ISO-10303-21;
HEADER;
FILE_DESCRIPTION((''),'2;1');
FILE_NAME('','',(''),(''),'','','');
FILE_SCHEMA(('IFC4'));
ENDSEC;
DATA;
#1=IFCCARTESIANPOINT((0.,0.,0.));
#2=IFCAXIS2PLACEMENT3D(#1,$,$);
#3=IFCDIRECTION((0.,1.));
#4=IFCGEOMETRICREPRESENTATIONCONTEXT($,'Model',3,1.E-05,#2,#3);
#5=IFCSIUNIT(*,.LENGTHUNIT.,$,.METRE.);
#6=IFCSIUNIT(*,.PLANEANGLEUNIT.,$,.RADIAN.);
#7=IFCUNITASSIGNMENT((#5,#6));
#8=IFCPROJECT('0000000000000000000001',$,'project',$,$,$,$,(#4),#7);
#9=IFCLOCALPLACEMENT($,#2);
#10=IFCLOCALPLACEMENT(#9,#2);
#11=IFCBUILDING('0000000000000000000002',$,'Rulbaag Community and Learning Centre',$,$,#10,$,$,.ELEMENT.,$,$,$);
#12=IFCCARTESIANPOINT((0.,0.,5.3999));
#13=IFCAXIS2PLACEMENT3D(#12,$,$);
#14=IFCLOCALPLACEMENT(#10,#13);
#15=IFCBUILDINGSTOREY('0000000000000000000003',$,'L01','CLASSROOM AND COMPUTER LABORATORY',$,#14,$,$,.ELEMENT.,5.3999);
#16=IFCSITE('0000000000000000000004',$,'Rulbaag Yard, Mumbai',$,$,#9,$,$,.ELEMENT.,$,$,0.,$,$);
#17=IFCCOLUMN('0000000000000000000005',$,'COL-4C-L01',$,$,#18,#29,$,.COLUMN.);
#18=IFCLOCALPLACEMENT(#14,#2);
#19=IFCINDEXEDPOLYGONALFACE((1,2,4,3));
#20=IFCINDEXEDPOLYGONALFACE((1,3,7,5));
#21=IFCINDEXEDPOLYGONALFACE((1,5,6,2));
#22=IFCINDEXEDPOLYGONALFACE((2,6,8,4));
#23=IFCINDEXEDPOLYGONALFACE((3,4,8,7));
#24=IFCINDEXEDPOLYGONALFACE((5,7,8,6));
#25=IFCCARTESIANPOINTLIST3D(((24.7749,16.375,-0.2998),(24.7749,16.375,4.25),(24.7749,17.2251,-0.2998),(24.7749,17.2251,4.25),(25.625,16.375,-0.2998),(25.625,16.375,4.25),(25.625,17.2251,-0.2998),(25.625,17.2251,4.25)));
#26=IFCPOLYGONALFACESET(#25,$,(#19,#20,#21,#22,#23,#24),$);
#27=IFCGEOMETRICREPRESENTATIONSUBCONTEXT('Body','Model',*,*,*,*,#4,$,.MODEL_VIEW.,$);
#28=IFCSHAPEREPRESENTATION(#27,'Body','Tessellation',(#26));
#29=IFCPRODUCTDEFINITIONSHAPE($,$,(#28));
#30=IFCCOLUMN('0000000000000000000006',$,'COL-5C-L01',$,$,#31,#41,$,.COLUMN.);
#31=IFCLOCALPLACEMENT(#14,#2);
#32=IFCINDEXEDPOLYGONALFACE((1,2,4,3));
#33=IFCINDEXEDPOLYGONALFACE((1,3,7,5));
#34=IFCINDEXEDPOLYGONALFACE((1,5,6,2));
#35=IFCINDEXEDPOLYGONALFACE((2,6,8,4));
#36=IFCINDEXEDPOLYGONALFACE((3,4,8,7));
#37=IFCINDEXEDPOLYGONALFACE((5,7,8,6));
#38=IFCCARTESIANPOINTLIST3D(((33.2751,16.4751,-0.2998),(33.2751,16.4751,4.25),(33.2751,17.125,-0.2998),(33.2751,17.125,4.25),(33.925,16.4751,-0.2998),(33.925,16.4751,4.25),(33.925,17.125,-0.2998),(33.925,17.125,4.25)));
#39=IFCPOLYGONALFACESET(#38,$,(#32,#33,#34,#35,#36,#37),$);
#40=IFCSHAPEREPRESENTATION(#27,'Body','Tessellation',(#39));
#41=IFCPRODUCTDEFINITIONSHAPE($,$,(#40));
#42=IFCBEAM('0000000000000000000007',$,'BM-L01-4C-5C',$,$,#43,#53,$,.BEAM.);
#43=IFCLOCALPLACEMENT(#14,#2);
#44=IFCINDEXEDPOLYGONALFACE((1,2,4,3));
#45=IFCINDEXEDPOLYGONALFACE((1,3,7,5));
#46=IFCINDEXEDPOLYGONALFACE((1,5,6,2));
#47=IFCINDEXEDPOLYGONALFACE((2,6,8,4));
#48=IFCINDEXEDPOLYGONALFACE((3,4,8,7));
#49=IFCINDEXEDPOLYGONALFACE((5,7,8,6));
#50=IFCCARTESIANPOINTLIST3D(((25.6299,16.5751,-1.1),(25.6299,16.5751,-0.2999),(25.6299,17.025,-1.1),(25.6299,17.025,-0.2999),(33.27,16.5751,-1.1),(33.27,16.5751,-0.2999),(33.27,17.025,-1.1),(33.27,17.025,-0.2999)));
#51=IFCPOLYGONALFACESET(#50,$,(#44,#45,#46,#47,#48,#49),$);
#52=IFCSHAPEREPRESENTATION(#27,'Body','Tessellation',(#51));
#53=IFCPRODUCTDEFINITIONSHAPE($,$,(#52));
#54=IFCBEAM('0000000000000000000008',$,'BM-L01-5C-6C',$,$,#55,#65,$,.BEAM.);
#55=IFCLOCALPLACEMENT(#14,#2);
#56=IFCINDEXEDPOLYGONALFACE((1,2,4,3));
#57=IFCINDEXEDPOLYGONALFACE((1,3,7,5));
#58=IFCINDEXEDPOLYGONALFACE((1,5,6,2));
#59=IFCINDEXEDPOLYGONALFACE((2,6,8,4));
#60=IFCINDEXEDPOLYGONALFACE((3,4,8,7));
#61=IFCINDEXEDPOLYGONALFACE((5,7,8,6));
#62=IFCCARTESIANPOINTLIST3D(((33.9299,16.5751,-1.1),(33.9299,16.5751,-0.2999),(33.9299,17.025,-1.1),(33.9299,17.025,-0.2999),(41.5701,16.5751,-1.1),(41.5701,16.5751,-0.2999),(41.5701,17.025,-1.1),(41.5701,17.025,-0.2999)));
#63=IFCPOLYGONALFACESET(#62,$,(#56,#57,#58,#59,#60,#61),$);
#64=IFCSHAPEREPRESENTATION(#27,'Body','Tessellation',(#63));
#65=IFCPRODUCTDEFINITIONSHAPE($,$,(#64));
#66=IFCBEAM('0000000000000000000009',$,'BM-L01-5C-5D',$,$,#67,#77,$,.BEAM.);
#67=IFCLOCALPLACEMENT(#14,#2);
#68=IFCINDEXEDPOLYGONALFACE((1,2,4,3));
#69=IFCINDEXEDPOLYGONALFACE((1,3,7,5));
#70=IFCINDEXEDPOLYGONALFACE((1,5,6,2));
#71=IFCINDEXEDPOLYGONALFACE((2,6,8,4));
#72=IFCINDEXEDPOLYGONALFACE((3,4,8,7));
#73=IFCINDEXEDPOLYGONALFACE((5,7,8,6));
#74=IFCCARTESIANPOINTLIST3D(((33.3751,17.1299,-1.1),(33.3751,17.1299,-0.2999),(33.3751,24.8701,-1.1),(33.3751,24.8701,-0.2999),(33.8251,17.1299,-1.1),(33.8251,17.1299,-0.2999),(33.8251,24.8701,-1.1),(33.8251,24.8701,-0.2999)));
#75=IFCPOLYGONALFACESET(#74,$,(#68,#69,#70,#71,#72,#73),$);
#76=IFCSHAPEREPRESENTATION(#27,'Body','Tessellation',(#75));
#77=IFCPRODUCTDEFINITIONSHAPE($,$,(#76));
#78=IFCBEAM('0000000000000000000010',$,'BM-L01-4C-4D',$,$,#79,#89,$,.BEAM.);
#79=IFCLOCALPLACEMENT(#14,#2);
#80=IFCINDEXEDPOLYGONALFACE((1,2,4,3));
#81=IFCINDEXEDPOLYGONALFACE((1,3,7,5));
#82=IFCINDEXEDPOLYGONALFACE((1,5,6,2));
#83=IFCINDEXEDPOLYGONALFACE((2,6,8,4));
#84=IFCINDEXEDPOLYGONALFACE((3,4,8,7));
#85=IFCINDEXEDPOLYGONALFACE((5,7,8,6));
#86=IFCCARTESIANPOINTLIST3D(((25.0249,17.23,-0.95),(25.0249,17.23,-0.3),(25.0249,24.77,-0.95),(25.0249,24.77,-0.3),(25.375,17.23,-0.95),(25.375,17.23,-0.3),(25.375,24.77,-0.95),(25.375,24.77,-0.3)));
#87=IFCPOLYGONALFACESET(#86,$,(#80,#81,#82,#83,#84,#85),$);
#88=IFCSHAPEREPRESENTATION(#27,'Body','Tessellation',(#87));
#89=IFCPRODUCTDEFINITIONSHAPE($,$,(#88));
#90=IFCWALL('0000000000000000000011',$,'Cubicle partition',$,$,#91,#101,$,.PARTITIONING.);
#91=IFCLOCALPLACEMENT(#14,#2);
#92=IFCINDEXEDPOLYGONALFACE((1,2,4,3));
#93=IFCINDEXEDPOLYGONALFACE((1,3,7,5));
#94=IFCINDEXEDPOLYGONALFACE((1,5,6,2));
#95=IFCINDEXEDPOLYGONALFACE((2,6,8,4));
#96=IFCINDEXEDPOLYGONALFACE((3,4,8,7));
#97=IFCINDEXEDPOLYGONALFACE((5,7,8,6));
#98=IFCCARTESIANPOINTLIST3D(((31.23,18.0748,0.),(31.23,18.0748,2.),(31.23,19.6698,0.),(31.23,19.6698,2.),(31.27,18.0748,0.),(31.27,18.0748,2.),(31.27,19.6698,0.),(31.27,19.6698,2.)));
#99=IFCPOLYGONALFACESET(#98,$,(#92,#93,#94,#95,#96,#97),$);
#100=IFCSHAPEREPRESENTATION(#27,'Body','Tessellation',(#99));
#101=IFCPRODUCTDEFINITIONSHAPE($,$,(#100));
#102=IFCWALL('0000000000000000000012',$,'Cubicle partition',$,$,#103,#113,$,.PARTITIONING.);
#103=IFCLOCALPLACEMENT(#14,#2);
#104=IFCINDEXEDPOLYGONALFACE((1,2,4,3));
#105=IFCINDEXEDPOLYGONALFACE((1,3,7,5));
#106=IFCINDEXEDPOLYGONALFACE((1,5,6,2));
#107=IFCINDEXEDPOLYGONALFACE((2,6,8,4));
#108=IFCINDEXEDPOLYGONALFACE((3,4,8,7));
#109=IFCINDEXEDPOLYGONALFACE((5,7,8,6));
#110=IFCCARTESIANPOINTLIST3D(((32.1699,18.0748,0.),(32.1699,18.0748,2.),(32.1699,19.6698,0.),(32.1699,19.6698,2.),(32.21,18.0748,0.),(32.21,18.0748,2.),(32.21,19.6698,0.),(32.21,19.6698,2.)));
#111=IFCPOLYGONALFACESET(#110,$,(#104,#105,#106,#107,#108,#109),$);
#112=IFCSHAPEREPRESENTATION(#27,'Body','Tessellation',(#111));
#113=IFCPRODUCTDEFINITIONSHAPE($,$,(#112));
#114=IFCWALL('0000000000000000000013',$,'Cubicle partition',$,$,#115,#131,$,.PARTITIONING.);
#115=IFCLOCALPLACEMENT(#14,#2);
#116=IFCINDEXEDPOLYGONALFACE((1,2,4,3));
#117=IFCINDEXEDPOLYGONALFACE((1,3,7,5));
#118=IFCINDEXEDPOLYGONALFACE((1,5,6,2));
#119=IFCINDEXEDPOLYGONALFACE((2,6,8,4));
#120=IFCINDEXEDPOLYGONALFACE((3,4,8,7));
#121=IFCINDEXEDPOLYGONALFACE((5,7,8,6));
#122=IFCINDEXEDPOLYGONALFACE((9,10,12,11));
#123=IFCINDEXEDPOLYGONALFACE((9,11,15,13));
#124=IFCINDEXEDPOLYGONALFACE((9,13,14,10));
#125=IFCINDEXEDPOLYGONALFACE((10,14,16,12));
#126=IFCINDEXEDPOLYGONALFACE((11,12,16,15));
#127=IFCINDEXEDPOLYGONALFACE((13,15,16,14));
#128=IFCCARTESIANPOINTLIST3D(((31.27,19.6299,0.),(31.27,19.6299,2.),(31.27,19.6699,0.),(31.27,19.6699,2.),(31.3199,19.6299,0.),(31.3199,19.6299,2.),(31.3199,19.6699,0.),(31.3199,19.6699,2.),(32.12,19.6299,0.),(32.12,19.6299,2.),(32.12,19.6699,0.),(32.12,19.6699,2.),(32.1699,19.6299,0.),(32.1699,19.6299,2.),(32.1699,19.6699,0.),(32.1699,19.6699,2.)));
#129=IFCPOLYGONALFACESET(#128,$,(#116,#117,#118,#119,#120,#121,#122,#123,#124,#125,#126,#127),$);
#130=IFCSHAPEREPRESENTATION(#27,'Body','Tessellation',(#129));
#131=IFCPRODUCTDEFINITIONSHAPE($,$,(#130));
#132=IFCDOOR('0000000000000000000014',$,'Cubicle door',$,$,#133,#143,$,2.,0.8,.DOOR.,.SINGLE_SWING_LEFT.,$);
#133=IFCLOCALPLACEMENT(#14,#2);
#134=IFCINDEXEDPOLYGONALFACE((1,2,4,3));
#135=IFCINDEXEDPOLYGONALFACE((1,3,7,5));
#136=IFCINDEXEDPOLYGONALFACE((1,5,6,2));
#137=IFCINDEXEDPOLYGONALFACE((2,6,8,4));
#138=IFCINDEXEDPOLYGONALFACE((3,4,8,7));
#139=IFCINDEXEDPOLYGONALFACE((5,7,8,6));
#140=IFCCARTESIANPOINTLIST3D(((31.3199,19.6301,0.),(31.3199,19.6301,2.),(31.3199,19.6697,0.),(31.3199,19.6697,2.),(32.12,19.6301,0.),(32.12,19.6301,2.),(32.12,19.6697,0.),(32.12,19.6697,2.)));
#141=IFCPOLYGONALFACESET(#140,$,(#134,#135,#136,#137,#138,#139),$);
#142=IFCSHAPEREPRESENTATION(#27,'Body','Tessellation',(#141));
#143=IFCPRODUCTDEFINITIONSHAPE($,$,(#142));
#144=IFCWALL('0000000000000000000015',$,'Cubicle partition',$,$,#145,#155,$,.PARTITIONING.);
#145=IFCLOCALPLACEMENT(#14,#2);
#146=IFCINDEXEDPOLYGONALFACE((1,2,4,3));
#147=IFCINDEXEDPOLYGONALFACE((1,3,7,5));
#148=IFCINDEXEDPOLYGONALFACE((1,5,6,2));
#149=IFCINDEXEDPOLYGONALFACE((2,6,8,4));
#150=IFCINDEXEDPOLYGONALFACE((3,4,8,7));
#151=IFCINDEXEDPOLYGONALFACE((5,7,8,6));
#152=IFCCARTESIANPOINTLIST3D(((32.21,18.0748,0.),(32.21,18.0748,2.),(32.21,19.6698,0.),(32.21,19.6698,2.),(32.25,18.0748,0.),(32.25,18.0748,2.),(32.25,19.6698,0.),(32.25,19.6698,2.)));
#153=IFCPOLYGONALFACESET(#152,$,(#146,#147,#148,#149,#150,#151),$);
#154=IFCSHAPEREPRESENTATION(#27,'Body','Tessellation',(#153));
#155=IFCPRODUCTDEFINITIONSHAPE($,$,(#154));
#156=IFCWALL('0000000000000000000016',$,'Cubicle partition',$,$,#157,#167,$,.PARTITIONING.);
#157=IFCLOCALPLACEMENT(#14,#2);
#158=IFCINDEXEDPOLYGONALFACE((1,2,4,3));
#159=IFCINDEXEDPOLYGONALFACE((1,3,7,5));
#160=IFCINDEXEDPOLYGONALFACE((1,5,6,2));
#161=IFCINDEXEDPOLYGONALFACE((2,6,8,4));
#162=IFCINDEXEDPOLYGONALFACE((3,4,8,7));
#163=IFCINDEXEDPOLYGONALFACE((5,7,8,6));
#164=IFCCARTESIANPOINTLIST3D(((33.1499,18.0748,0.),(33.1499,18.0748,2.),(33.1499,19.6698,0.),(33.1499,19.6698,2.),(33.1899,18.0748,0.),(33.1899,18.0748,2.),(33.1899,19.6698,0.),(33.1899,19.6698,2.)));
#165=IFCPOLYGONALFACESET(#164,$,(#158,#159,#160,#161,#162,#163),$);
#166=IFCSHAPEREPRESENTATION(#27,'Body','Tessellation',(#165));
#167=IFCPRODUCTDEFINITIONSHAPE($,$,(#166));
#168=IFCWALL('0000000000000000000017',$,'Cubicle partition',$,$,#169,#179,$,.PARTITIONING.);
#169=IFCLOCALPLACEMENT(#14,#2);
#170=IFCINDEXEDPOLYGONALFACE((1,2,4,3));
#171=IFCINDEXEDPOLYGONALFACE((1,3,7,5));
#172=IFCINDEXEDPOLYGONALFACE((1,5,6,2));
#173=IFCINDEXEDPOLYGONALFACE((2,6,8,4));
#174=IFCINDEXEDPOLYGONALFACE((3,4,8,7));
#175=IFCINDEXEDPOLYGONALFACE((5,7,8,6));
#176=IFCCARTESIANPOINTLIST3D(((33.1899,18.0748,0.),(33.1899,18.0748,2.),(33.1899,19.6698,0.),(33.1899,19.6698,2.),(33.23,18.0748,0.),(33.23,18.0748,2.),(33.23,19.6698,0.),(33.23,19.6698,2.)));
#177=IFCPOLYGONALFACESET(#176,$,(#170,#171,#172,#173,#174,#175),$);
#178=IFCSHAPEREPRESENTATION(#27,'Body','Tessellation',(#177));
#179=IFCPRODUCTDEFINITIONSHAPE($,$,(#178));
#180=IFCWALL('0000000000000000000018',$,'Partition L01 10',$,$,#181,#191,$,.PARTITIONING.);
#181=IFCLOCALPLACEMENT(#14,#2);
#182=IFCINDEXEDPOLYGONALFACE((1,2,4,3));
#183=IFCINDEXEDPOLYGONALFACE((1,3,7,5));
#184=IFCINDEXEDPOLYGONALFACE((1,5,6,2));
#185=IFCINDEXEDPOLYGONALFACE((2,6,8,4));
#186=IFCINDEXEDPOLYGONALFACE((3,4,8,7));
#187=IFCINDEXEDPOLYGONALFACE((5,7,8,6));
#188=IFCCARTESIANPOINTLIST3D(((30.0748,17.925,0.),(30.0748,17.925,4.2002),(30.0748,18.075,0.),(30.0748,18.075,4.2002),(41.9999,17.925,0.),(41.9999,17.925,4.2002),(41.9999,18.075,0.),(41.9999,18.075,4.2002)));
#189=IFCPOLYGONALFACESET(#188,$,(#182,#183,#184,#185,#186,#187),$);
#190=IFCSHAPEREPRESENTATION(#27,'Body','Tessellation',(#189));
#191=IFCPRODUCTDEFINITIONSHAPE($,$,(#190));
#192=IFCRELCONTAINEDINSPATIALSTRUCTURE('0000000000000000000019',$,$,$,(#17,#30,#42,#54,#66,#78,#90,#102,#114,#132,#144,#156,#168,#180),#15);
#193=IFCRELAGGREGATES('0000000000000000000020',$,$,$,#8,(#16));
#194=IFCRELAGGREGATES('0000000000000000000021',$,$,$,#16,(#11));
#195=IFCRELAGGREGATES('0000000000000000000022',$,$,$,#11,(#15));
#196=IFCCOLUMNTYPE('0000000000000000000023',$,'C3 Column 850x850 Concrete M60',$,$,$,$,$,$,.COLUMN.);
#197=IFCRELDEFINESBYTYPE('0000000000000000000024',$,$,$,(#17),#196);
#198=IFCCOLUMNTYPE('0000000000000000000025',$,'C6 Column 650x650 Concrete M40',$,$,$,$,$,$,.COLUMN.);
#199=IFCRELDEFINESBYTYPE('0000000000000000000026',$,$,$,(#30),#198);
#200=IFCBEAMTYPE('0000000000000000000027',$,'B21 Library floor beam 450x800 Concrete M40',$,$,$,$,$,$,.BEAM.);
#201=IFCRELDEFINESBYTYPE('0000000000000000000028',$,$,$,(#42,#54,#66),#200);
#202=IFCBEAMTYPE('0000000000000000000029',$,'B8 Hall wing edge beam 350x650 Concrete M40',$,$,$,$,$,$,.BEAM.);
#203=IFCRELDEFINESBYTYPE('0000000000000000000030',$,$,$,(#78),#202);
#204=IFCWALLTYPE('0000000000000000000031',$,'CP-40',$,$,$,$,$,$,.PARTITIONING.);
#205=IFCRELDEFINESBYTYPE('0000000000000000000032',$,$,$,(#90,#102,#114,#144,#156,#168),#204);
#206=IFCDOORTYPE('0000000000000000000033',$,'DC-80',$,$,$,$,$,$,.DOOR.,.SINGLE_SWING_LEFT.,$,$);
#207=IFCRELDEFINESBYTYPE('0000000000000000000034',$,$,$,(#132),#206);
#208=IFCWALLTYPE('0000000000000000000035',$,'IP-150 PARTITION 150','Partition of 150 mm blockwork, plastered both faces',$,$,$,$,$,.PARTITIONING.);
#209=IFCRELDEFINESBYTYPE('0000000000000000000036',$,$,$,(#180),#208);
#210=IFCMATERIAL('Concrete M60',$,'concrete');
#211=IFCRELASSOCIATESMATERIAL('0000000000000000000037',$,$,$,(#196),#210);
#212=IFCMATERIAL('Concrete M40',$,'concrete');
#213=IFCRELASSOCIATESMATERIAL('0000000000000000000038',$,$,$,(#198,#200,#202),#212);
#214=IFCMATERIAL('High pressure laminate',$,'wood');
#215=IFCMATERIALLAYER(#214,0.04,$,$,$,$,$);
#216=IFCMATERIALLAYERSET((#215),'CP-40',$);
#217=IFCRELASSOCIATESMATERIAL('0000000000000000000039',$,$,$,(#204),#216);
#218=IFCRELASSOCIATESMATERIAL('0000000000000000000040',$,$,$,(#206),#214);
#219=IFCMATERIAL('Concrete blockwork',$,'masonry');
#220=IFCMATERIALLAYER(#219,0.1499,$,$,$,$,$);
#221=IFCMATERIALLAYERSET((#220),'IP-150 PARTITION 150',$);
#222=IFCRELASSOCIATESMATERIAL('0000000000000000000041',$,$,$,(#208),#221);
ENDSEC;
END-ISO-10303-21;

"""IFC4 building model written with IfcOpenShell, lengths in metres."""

from ifc_helpers import new_model, si_unit, direction, frame, frame_2d, origin, origin_2d, place, context, subcontext, project, spatial, rectangle, extrude, material, layer, layer_set, material_profile, profile_set, type_object, element, fill, save


model = new_model("IFC4")

# Units and contexts
model_context = context("Model", 3, precision=1e-05, world=origin(), true_north=direction((0.0, 1.0)))
body_context = subcontext(model_context, "Body", "Model", "MODEL_VIEW")
ifc_project = project(units=[si_unit("LENGTHUNIT", "METRE"), si_unit("PLANEANGLEUNIT", "RADIAN")], contexts=[model_context])

# Site, building, storey
site_placement = place(None, origin())
site = spatial("IfcSite", under=ifc_project, at=site_placement, Name="Rulbaag Yard, Mumbai", CompositionType="ELEMENT", RefElevation=0.0)
building_placement = place(site_placement, origin())
building = spatial("IfcBuilding", under=site, at=building_placement, Name="Rulbaag Community and Learning Centre", CompositionType="ELEMENT")
storey_placement = place(building_placement, frame((0.0, 0.0, 5.3999)))
storey = spatial("IfcBuildingStorey", under=building, at=storey_placement, Name="L01", Description="CLASSROOM AND COMPUTER LABORATORY", CompositionType="ELEMENT", Elevation=5.3999)

# Columns
ifc_material_1 = material(Name="Concrete M60", Category="concrete")
ifc_material_profile_1 = material_profile(ifc_material_1, rectangle(XDim=0.8501, YDim=0.8501, at=origin_2d()), Name="RC850x850")
ifc_profile_set_1 = profile_set([ifc_material_profile_1], Name="Concrete M60")
column_type_1 = type_object("IfcColumnType", Name="C3 Column 850x850 Concrete M60", PredefinedType="COLUMN", material=ifc_profile_set_1)
column_1_placement = place(storey_placement, frame((25.2, 16.8, -0.2998), z_axis=(0.0, 0.0, 1.0), x_axis=(1.0, 0.0, 0.0)))
element("IfcColumn", 1, at=column_1_placement, inside=storey, type_object=column_type_1, Name="COL-4C-L01", PredefinedType="COLUMN", context=body_context, shape_type="SweptSolid", body=[
    extrude(rectangle(XDim=0.8501, YDim=0.8501, at=origin_2d()), origin(), (0.0, 0.0, 1.0), 4.5498),
])
ifc_material_2 = material(Name="Concrete M40", Category="concrete")
ifc_material_profile_2 = material_profile(ifc_material_2, rectangle(XDim=0.6499, YDim=0.6499, at=origin_2d()), Name="RC650x650")
ifc_profile_set_2 = profile_set([ifc_material_profile_2], Name="Concrete M40")
column_type_2 = type_object("IfcColumnType", Name="C6 Column 650x650 Concrete M40", PredefinedType="COLUMN", material=ifc_profile_set_2)
column_2_placement = place(storey_placement, frame((33.6001, 16.8, -0.2998), z_axis=(0.0, 0.0, 1.0), x_axis=(1.0, 0.0, 0.0)))
element("IfcColumn", 2, at=column_2_placement, inside=storey, type_object=column_type_2, Name="COL-5C-L01", PredefinedType="COLUMN", context=body_context, shape_type="SweptSolid", body=[
    extrude(rectangle(XDim=0.6499, YDim=0.6499, at=origin_2d()), origin(), (0.0, 0.0, 1.0), 4.5498),
])

# Beams
ifc_material_profile_3 = material_profile(ifc_material_2, rectangle(XDim=0.45, YDim=0.8, at=origin_2d()), Name="RB450x800")
ifc_profile_set_3 = profile_set([ifc_material_profile_3], Name="Concrete M40")
beam_type_1 = type_object("IfcBeamType", Name="B21 Library floor beam 450x800 Concrete M40", PredefinedType="BEAM", material=ifc_profile_set_3)
for number, where, z_axis, x_axis, name in (
    (3, (25.6299, 16.8, -0.7), (1.0, 0.0, 0.0), (0.0, 1.0, 0.0), "BM-L01-4C-5C"),
    (4, (33.9299, 16.8, -0.7), (1.0, 0.0, 0.0), (0.0, 1.0, 0.0), "BM-L01-5C-6C"),
):
    element("IfcBeam", number, at=place(storey_placement, frame(where, z_axis=z_axis, x_axis=x_axis)), inside=storey, type_object=beam_type_1, Name=name, PredefinedType="BEAM", context=body_context, shape_type="SweptSolid", body=[
        extrude(rectangle(XDim=0.45, YDim=0.8, at=origin_2d()), origin(), (0.0, 0.0, 1.0), 7.6401),
    ])
beam_1_placement = place(storey_placement, frame((33.6001, 17.1299, -0.7), z_axis=(0.0, 1.0, 0.0), x_axis=(-1.0, 0.0, 0.0)))
element("IfcBeam", 5, at=beam_1_placement, inside=storey, type_object=beam_type_1, Name="BM-L01-5C-5D", PredefinedType="BEAM", context=body_context, shape_type="SweptSolid", body=[
    extrude(rectangle(XDim=0.45, YDim=0.8, at=origin_2d()), origin(), (0.0, 0.0, 1.0), 7.7402),
])
ifc_material_profile_4 = material_profile(ifc_material_2, rectangle(XDim=0.3501, YDim=0.6499, at=origin_2d()), Name="RB350x650")
ifc_profile_set_4 = profile_set([ifc_material_profile_4], Name="Concrete M40")
beam_type_2 = type_object("IfcBeamType", Name="B8 Hall wing edge beam 350x650 Concrete M40", PredefinedType="BEAM", material=ifc_profile_set_4)
beam_2_placement = place(storey_placement, frame((25.2, 17.23, -0.625), z_axis=(0.0, 1.0, 0.0), x_axis=(-1.0, 0.0, 0.0)))
element("IfcBeam", 6, at=beam_2_placement, inside=storey, type_object=beam_type_2, Name="BM-L01-4C-4D", PredefinedType="BEAM", context=body_context, shape_type="SweptSolid", body=[
    extrude(rectangle(XDim=0.3501, YDim=0.6499, at=origin_2d()), origin(), (0.0, 0.0, 1.0), 7.54),
])

# Walls
ifc_material_3 = material(Name="High pressure laminate", Category="wood")
ifc_layer_1 = layer(ifc_material_3, 0.04)
ifc_layer_set_1 = layer_set([ifc_layer_1], Name="CP-40")
wall_type_1 = type_object("IfcWallType", Name="CP-40", PredefinedType="PARTITIONING", material=ifc_layer_set_1)
for number, where, z_axis, x_axis, name in (
    (7, (31.25, 18.075, 0.0), (0.0, 0.0, 1.0), (0.0, 1.0, 0.0), "Cubicle partition"),
    (8, (32.1899, 18.075, 0.0), (0.0, 0.0, 1.0), (0.0, 1.0, 0.0), "Cubicle partition"),
):
    element("IfcWall", number, at=place(storey_placement, frame(where, z_axis=z_axis, x_axis=x_axis)), inside=storey, type_object=wall_type_1, Name=name, PredefinedType="PARTITIONING", context=body_context, shape_type="SweptSolid", body=[
        extrude(rectangle(XDim=1.595, YDim=0.04, at=frame_2d((0.7974, 0.0))), origin(), (0.0, 0.0, 1.0), 2.0),
    ])

# Wall, opening, door
wall_1_placement = place(storey_placement, frame((31.27, 19.6499, 0.0), z_axis=(0.0, 0.0, 1.0), x_axis=(1.0, 0.0, 0.0)))
wall_1 = element("IfcWall", 9, at=wall_1_placement, inside=storey, type_object=wall_type_1, Name="Cubicle partition", PredefinedType="PARTITIONING", context=body_context, shape_type="SweptSolid", body=[
    extrude(rectangle(XDim=0.8999, YDim=0.04, at=frame_2d((0.45, 0.0))), origin(), (0.0, 0.0, 1.0), 2.0),
])
opening_placement = place(wall_1_placement, frame((0.05, 0.0, 0.0)))
opening = element("IfcOpeningElement", 10, at=opening_placement, cuts=wall_1, PredefinedType="OPENING", context=body_context, shape_type="SweptSolid", body=[
    extrude(rectangle(XDim=0.8, YDim=2.0, at=frame_2d((0.3999, 1.0))), frame((0.0, 0.03, 0.0), z_axis=(0.0, -1.0, 0.0), x_axis=(1.0, 0.0, 0.0)), (0.0, 0.0, 1.0), 0.0601),
])
door_type = type_object("IfcDoorType", Name="DC-80", OperationType="SINGLE_SWING_LEFT", PredefinedType="DOOR", material=ifc_material_3)
door_placement = place(opening_placement, origin())
door = element("IfcDoor", 11, at=door_placement, inside=storey, type_object=door_type, Name="Cubicle door", OperationType="SINGLE_SWING_LEFT", OverallHeight=2.0, OverallWidth=0.8, PredefinedType="DOOR", context=body_context, shape_type="SweptSolid", body=[
    extrude(rectangle(XDim=0.8, YDim=2.0, at=frame_2d((0.3999, 1.0))), frame((0.0, 0.0198, 0.0), z_axis=(0.0, -1.0, 0.0), x_axis=(1.0, 0.0, 0.0)), (0.0, 0.0, 1.0), 0.0396),
])
fill(opening, door)

# Walls
for number, where, z_axis, x_axis, name in (
    (12, (32.23, 18.075, 0.0), (0.0, 0.0, 1.0), (0.0, 1.0, 0.0), "Cubicle partition"),
    (13, (33.1699, 18.075, 0.0), (0.0, 0.0, 1.0), (0.0, 1.0, 0.0), "Cubicle partition"),
    (14, (33.21, 18.075, 0.0), (0.0, 0.0, 1.0), (0.0, 1.0, 0.0), "Cubicle partition"),
):
    element("IfcWall", number, at=place(storey_placement, frame(where, z_axis=z_axis, x_axis=x_axis)), inside=storey, type_object=wall_type_1, Name=name, PredefinedType="PARTITIONING", context=body_context, shape_type="SweptSolid", body=[
        extrude(rectangle(XDim=1.595, YDim=0.04, at=frame_2d((0.7974, 0.0))), origin(), (0.0, 0.0, 1.0), 2.0),
    ])
ifc_material_4 = material(Name="Concrete blockwork", Category="masonry")
ifc_layer_2 = layer(ifc_material_4, 0.1499)
ifc_layer_set_2 = layer_set([ifc_layer_2], Name="IP-150 PARTITION 150")
wall_type_2 = type_object("IfcWallType", Name="IP-150 PARTITION 150", Description="Partition of 150 mm blockwork, plastered both faces", PredefinedType="PARTITIONING", material=ifc_layer_set_2)
wall_2_placement = place(storey_placement, frame((30.075, 18.0, 0.0), z_axis=(0.0, 0.0, 1.0), x_axis=(1.0, 0.0, 0.0)))
element("IfcWall", 15, at=wall_2_placement, inside=storey, type_object=wall_type_2, Name="Partition L01 10", PredefinedType="PARTITIONING", context=body_context, shape_type="SweptSolid", body=[
    extrude(rectangle(XDim=11.925, YDim=0.1499, at=frame_2d((5.9624, 0.0))), origin(), (0.0, 0.0, 1.0), 4.2002),
])

save(model, "model.ifc")
